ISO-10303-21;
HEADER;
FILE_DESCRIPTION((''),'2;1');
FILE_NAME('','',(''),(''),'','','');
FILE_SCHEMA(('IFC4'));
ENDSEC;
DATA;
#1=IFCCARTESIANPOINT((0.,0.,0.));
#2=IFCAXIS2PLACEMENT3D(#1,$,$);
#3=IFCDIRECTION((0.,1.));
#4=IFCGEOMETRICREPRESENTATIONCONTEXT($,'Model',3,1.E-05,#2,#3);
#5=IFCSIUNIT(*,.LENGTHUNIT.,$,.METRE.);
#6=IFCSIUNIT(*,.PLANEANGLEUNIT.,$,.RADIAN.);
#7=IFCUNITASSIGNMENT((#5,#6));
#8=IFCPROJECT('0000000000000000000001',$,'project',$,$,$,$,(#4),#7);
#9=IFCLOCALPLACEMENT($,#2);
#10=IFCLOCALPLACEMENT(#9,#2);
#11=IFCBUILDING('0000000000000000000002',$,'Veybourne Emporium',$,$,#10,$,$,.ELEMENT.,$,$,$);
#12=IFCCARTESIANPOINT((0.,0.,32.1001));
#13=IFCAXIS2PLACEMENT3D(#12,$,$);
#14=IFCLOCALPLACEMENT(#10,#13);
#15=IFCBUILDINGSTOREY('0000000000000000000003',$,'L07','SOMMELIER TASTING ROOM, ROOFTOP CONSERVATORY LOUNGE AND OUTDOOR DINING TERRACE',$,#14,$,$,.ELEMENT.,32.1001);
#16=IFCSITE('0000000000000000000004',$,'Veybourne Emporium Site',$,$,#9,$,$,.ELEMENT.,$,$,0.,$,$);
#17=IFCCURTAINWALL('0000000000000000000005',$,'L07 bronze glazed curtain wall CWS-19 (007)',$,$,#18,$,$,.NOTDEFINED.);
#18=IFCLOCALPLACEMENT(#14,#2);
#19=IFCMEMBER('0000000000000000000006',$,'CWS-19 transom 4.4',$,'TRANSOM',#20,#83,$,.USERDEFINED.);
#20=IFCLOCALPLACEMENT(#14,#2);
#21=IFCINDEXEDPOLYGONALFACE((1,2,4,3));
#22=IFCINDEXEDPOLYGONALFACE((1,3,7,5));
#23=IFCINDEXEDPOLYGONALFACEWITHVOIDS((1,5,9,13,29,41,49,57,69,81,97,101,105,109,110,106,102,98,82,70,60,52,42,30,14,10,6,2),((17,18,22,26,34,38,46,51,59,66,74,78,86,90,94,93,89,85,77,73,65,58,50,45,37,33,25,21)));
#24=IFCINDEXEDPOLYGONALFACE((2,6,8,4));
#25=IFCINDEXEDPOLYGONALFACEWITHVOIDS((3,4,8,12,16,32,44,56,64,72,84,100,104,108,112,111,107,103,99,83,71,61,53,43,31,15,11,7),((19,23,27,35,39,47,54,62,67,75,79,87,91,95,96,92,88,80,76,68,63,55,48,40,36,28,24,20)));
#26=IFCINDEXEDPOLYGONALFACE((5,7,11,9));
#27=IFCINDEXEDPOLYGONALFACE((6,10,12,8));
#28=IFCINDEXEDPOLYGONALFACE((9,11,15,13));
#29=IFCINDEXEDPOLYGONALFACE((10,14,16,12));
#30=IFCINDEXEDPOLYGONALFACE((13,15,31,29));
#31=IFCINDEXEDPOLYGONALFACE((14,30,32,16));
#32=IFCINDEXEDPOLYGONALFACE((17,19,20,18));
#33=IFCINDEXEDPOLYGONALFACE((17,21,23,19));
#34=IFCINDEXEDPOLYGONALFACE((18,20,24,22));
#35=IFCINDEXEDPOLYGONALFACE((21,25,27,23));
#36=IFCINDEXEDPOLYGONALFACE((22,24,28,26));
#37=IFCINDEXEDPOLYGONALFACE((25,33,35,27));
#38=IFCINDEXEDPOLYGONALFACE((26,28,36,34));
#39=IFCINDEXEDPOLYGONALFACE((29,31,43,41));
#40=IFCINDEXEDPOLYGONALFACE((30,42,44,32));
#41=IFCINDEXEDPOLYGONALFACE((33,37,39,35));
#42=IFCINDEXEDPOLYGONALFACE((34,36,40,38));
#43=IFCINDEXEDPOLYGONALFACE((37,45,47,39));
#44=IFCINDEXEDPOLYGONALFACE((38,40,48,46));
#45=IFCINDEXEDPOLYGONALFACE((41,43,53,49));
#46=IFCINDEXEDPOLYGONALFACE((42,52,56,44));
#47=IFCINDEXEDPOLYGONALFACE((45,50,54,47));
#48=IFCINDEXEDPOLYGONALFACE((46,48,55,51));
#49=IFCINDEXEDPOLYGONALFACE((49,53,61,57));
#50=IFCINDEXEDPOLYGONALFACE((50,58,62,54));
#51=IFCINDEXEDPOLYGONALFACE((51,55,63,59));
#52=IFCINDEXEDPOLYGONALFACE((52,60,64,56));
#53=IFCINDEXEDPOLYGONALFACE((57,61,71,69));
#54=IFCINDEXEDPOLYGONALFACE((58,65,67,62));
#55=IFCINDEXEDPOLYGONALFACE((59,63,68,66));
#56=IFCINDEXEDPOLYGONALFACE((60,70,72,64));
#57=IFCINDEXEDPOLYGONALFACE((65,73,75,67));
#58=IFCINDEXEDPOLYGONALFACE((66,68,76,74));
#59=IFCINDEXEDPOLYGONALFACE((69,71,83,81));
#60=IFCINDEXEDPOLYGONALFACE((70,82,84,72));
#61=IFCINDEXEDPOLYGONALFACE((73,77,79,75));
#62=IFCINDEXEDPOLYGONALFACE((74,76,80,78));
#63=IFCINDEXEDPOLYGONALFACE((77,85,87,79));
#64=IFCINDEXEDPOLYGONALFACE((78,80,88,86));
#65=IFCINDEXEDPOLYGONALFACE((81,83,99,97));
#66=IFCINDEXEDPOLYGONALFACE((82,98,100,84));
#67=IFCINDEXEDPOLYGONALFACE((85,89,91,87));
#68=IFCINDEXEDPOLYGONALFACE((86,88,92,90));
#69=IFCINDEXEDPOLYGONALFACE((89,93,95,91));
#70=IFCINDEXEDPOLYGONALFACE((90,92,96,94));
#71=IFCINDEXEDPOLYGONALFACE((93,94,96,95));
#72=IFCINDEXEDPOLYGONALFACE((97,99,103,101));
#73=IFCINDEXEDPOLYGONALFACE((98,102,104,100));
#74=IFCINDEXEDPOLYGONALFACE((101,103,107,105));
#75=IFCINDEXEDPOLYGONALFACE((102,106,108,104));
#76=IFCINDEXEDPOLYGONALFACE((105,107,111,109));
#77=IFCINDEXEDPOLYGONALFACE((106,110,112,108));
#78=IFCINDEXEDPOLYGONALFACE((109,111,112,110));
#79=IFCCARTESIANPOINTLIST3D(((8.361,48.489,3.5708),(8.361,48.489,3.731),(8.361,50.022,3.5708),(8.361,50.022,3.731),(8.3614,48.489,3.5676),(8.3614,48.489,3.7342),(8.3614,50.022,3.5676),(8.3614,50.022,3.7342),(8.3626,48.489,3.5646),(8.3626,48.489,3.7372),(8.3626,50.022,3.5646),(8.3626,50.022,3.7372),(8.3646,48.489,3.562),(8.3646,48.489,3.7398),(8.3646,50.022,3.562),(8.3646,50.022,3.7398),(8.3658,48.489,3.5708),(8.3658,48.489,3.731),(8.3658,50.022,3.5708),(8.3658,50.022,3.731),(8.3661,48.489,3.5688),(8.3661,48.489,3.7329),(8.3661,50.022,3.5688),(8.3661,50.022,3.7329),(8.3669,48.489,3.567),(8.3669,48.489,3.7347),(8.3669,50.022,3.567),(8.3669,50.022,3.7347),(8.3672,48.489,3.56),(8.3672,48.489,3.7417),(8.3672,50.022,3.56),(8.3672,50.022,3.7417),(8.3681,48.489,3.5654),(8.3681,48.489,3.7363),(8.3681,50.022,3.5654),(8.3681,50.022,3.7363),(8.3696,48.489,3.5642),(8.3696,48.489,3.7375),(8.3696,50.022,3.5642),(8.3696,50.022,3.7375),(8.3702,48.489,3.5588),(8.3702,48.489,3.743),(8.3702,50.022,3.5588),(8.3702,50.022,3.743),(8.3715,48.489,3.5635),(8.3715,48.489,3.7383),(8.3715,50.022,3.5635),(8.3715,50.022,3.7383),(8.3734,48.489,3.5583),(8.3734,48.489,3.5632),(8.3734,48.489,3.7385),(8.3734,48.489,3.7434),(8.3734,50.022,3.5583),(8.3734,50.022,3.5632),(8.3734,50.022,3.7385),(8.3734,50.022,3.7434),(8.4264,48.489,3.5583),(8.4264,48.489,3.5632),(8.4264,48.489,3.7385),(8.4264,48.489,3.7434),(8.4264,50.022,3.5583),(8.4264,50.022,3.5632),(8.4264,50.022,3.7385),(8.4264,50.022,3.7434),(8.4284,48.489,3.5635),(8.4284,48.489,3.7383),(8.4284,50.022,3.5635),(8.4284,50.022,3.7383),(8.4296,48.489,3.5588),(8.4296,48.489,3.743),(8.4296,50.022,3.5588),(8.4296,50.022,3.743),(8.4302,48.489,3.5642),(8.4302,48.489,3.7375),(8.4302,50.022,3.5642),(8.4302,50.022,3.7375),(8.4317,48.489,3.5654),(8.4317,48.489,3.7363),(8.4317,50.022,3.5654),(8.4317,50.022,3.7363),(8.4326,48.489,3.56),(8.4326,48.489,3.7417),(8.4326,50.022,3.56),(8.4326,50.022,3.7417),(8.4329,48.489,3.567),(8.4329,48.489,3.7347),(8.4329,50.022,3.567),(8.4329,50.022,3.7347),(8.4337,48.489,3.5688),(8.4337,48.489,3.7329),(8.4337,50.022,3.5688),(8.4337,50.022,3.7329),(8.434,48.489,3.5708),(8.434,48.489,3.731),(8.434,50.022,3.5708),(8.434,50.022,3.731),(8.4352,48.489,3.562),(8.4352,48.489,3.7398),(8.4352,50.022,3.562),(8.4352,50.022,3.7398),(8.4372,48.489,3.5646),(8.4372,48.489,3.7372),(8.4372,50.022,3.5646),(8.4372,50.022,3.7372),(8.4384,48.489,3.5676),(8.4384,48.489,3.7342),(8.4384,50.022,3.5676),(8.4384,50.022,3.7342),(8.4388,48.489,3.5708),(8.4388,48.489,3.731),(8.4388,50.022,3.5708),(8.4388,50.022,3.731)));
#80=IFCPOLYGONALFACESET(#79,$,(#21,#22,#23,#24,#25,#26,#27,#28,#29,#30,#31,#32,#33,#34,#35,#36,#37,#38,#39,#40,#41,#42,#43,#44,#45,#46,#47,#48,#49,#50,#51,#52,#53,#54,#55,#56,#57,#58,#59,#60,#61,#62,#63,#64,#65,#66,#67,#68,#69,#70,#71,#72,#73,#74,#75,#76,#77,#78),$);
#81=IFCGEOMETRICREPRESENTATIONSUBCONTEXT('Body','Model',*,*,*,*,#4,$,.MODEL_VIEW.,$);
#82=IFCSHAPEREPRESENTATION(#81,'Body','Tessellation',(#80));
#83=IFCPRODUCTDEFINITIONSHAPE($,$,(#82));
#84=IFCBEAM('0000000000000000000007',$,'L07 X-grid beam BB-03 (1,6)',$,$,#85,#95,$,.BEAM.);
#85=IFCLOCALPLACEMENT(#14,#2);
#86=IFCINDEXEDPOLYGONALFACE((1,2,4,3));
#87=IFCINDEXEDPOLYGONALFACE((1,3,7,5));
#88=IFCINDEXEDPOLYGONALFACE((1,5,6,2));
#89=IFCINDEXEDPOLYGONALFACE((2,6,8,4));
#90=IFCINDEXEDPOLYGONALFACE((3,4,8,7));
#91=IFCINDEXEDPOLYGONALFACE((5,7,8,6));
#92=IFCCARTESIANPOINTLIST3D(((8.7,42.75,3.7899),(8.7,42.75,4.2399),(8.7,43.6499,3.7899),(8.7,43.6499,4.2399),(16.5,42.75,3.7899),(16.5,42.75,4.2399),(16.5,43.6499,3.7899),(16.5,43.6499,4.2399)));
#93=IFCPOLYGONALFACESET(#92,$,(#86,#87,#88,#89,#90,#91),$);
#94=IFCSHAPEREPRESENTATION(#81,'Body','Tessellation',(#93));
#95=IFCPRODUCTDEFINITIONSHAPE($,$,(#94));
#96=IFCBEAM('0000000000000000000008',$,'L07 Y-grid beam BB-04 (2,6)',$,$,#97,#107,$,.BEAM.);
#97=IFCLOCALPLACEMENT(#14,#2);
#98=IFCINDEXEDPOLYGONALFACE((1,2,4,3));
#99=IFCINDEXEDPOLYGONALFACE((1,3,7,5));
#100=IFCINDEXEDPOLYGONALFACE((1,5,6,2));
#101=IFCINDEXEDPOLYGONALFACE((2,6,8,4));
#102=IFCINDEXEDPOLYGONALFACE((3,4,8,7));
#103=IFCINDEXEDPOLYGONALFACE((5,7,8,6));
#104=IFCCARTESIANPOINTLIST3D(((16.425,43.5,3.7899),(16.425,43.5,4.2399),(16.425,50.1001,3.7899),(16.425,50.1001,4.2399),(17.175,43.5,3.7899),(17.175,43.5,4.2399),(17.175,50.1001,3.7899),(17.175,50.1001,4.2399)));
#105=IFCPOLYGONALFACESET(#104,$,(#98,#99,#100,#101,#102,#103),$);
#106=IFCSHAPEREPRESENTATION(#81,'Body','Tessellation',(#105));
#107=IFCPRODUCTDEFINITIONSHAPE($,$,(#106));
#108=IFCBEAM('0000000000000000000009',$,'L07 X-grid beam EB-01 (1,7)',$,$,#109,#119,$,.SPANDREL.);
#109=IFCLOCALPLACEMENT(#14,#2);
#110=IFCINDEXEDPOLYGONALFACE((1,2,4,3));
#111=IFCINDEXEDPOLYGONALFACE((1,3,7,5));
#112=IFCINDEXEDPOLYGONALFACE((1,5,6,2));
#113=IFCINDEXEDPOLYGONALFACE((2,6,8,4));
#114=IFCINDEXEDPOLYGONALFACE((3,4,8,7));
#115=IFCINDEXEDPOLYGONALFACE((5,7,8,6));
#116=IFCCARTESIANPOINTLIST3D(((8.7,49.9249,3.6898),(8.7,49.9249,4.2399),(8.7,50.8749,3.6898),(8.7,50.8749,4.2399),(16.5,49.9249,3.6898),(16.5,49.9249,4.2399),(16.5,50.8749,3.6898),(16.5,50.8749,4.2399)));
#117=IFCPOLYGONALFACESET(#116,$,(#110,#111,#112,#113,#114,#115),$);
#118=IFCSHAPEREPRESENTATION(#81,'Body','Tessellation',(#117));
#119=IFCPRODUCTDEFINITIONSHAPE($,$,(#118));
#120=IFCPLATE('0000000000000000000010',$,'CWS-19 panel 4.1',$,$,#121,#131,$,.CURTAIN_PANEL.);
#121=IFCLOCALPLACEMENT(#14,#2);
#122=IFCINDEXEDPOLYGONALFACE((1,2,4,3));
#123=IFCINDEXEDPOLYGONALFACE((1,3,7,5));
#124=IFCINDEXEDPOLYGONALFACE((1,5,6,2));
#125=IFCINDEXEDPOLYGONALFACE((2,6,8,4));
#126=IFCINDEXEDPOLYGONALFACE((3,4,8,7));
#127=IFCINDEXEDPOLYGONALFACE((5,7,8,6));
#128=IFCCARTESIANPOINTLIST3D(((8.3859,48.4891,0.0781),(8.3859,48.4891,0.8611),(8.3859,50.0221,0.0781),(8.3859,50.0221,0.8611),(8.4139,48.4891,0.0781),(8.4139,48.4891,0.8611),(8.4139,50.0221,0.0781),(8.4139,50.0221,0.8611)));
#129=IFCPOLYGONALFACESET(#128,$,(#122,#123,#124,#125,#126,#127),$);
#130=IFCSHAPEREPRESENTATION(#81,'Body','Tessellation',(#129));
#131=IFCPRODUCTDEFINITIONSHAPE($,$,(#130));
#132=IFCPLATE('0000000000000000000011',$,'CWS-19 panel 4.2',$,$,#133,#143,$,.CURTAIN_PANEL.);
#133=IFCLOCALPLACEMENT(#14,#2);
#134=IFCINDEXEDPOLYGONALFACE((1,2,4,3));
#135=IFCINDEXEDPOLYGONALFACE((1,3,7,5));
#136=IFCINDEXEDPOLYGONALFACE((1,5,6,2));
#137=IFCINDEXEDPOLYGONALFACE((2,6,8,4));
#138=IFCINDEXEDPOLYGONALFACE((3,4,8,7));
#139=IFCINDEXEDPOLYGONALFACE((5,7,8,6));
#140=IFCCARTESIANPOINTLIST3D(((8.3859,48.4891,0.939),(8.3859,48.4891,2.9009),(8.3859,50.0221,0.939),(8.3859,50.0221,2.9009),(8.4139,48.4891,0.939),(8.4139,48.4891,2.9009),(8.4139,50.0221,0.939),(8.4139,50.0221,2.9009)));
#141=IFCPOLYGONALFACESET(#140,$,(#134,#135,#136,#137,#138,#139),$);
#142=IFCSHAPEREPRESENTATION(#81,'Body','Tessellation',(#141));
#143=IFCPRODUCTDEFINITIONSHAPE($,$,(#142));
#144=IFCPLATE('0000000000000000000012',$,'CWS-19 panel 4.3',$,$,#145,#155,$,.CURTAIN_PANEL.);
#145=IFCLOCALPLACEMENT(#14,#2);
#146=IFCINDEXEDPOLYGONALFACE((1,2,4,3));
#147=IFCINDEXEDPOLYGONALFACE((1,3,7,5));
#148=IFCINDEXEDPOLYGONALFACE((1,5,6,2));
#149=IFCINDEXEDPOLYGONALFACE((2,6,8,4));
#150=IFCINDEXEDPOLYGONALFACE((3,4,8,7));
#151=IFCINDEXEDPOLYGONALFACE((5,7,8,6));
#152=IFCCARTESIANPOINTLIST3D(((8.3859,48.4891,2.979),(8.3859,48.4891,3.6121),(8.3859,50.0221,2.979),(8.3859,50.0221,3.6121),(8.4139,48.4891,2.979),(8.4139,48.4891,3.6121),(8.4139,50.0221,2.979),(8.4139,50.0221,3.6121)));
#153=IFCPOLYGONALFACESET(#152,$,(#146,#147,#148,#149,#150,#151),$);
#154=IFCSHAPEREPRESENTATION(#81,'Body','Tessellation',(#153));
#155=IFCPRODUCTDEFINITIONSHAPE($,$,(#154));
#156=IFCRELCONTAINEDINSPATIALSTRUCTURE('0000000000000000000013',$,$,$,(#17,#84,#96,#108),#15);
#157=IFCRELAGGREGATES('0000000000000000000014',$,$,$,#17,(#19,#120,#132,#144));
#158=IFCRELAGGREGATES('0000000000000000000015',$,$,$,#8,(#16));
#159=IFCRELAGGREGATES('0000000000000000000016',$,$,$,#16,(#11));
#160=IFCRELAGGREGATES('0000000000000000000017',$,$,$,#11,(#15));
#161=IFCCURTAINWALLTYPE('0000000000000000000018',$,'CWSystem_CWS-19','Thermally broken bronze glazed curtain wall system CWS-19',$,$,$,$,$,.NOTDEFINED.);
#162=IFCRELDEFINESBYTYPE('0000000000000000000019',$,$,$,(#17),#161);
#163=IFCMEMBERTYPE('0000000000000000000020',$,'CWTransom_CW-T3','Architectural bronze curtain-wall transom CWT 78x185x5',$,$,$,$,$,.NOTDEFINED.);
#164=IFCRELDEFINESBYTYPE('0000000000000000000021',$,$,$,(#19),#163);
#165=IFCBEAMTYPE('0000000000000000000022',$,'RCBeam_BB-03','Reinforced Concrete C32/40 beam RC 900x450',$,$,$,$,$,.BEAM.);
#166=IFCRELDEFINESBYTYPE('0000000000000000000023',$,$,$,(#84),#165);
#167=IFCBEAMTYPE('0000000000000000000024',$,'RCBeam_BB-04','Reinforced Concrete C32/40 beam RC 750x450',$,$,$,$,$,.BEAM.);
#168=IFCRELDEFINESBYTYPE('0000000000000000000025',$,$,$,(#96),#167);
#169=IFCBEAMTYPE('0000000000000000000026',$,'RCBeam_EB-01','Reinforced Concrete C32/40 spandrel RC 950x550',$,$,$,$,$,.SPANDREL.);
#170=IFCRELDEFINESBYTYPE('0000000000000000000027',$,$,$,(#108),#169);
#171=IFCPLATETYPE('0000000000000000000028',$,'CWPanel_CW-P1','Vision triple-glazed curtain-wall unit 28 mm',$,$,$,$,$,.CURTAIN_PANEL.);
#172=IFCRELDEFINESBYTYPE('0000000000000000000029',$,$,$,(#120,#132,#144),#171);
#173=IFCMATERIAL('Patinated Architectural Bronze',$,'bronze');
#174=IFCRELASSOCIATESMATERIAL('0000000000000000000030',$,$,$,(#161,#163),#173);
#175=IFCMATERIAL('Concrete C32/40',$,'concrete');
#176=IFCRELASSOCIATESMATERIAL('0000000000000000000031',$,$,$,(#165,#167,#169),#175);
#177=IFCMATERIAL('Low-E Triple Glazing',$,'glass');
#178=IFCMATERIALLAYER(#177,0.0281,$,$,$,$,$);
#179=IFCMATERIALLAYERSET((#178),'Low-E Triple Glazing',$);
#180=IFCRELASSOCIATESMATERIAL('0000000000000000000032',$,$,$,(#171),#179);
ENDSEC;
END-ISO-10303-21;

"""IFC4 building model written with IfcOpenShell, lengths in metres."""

from ifc_helpers import new_model, si_unit, direction, frame, origin, origin_2d, place, context, subcontext, project, spatial, rectangle, hollow_rectangle, extrude, material, layer, layer_set, material_profile, profile_set, type_object, element, aggregate, save


model = new_model("IFC4")

# Units and contexts
model_context = context("Model", 3, precision=1e-05, world=origin(), true_north=direction((0.0, 1.0)))
body_context = subcontext(model_context, "Body", "Model", "MODEL_VIEW")
ifc_project = project(units=[si_unit("LENGTHUNIT", "METRE"), si_unit("PLANEANGLEUNIT", "RADIAN")], contexts=[model_context])

# Site, building, storey
site_placement = place(None, origin())
site = spatial("IfcSite", under=ifc_project, at=site_placement, Name="Veybourne Emporium Site", CompositionType="ELEMENT", RefElevation=0.0)
building_placement = place(site_placement, origin())
building = spatial("IfcBuilding", under=site, at=building_placement, Name="Veybourne Emporium", CompositionType="ELEMENT")
storey_placement = place(building_placement, frame((0.0, 0.0, 32.1001)))
storey = spatial("IfcBuildingStorey", under=building, at=storey_placement, Name="L07", Description="SOMMELIER TASTING ROOM, ROOFTOP CONSERVATORY LOUNGE AND OUTDOOR DINING TERRACE", CompositionType="ELEMENT", Elevation=32.1001)

# Curtain wall, member
ifc_material_1 = material(Name="Patinated Architectural Bronze", Category="bronze")
curtain_wall_type = type_object("IfcCurtainWallType", Name="CWSystem_CWS-19", Description="Thermally broken bronze glazed curtain wall system CWS-19", PredefinedType="NOTDEFINED", material=ifc_material_1)
curtain_wall_placement = place(storey_placement, origin())
curtain_wall = element("IfcCurtainWall", 1, at=curtain_wall_placement, inside=storey, type_object=curtain_wall_type, Name="L07 bronze glazed curtain wall CWS-19 (007)", PredefinedType="NOTDEFINED")
ifc_material_profile_1 = material_profile(ifc_material_1, hollow_rectangle(XDim=0.0779, YDim=0.1851, WallThickness=0.0049, InnerFilletRadius=0.0076, OuterFilletRadius=0.0125, at=origin_2d()), Name="CWT 78x185x5")
ifc_profile_set_1 = profile_set([ifc_material_profile_1], Name="Patinated Architectural Bronze")
member_type_1 = type_object("IfcMemberType", Name="CWTransom_CW-T3", Description="Architectural bronze curtain-wall transom CWT 78x185x5", PredefinedType="NOTDEFINED", material=ifc_profile_set_1)
member_1_placement = place(storey_placement, frame((8.3999, 48.489, 3.6509), z_axis=(0.0, 1.0, 0.0), x_axis=(-1.0, 0.0, 0.0)))
member_1 = element("IfcMember", 2, at=member_1_placement, type_object=member_type_1, Name="CWS-19 transom 4.4", ObjectType="TRANSOM", PredefinedType="USERDEFINED", context=body_context, shape_type="SweptSolid", body=[
    extrude(hollow_rectangle(XDim=0.0779, YDim=0.1851, WallThickness=0.0049, InnerFilletRadius=0.0076, OuterFilletRadius=0.0125, at=origin_2d()), origin(), (0.0, 0.0, 1.0), 1.533),
])

# Beams
ifc_material_2 = material(Name="Concrete C32/40", Category="concrete")
ifc_material_profile_2 = material_profile(ifc_material_2, rectangle(XDim=0.8999, YDim=0.45, at=origin_2d()), Name="RC 900x450")
ifc_profile_set_2 = profile_set([ifc_material_profile_2], Name="Concrete C32/40")
beam_type_1 = type_object("IfcBeamType", Name="RCBeam_BB-03", Description="Reinforced Concrete C32/40 beam RC 900x450", PredefinedType="BEAM", material=ifc_profile_set_2)
beam_1_placement = place(storey_placement, frame((8.7, 43.2, 4.0149), z_axis=(1.0, 0.0, 0.0), x_axis=(0.0, 1.0, 0.0)))
element("IfcBeam", 3, at=beam_1_placement, inside=storey, type_object=beam_type_1, Name="L07 X-grid beam BB-03 (1,6)", PredefinedType="BEAM", context=body_context, shape_type="SweptSolid", body=[
    extrude(rectangle(XDim=0.8999, YDim=0.45, at=origin_2d()), origin(), (0.0, 0.0, 1.0), 7.8),
])
ifc_material_profile_3 = material_profile(ifc_material_2, rectangle(XDim=0.75, YDim=0.45, at=origin_2d()), Name="RC 750x450")
ifc_profile_set_3 = profile_set([ifc_material_profile_3], Name="Concrete C32/40")
beam_type_2 = type_object("IfcBeamType", Name="RCBeam_BB-04", Description="Reinforced Concrete C32/40 beam RC 750x450", PredefinedType="BEAM", material=ifc_profile_set_3)
beam_2_placement = place(storey_placement, frame((16.8, 43.5, 4.0149), z_axis=(0.0, 1.0, 0.0), x_axis=(-1.0, 0.0, 0.0)))
element("IfcBeam", 4, at=beam_2_placement, inside=storey, type_object=beam_type_2, Name="L07 Y-grid beam BB-04 (2,6)", PredefinedType="BEAM", context=body_context, shape_type="SweptSolid", body=[
    extrude(rectangle(XDim=0.75, YDim=0.45, at=origin_2d()), origin(), (0.0, 0.0, 1.0), 6.6001),
])
ifc_material_profile_4 = material_profile(ifc_material_2, rectangle(XDim=0.95, YDim=0.55, at=origin_2d()), Name="RC 950x550")
ifc_profile_set_4 = profile_set([ifc_material_profile_4], Name="Concrete C32/40")
beam_type_3 = type_object("IfcBeamType", Name="RCBeam_EB-01", Description="Reinforced Concrete C32/40 spandrel RC 950x550", PredefinedType="SPANDREL", material=ifc_profile_set_4)
beam_3_placement = place(storey_placement, frame((8.7, 50.3999, 3.9648), z_axis=(1.0, 0.0, 0.0), x_axis=(0.0, 1.0, 0.0)))
element("IfcBeam", 5, at=beam_3_placement, inside=storey, type_object=beam_type_3, Name="L07 X-grid beam EB-01 (1,7)", PredefinedType="SPANDREL", context=body_context, shape_type="SweptSolid", body=[
    extrude(rectangle(XDim=0.95, YDim=0.55, at=origin_2d()), origin(), (0.0, 0.0, 1.0), 7.8),
])

# Plates
ifc_material_3 = material(Name="Low-E Triple Glazing", Category="glass")
ifc_layer_1 = layer(ifc_material_3, 0.0281)
ifc_layer_set_1 = layer_set([ifc_layer_1], Name="Low-E Triple Glazing")
plate_type = type_object("IfcPlateType", Name="CWPanel_CW-P1", Description="Vision triple-glazed curtain-wall unit 28 mm", PredefinedType="CURTAIN_PANEL", material=ifc_layer_set_1)
plate_1_placement = place(storey_placement, frame((8.3999, 49.2556, 0.0781), z_axis=(0.0, 0.0, 1.0), x_axis=(0.0, 1.0, 0.0)))
plate_1 = element("IfcPlate", 6, at=plate_1_placement, type_object=plate_type, Name="CWS-19 panel 4.1", PredefinedType="CURTAIN_PANEL", context=body_context, shape_type="SweptSolid", body=[
    extrude(rectangle(XDim=1.533, YDim=0.0281, at=origin_2d()), origin(), (0.0, 0.0, 1.0), 0.783),
])
plate_2_placement = place(storey_placement, frame((8.3999, 49.2556, 0.939), z_axis=(0.0, 0.0, 1.0), x_axis=(0.0, 1.0, 0.0)))
plate_2 = element("IfcPlate", 7, at=plate_2_placement, type_object=plate_type, Name="CWS-19 panel 4.2", PredefinedType="CURTAIN_PANEL", context=body_context, shape_type="SweptSolid", body=[
    extrude(rectangle(XDim=1.533, YDim=0.0281, at=origin_2d()), origin(), (0.0, 0.0, 1.0), 1.9619),
])
plate_3_placement = place(storey_placement, frame((8.3999, 49.2556, 2.979), z_axis=(0.0, 0.0, 1.0), x_axis=(0.0, 1.0, 0.0)))
plate_3 = element("IfcPlate", 8, at=plate_3_placement, type_object=plate_type, Name="CWS-19 panel 4.3", PredefinedType="CURTAIN_PANEL", context=body_context, shape_type="SweptSolid", body=[
    extrude(rectangle(XDim=1.533, YDim=0.0281, at=origin_2d()), origin(), (0.0, 0.0, 1.0), 0.6331),
])
aggregate(curtain_wall, [member_1, plate_1, plate_2, plate_3])

save(model, "model.ifc")
